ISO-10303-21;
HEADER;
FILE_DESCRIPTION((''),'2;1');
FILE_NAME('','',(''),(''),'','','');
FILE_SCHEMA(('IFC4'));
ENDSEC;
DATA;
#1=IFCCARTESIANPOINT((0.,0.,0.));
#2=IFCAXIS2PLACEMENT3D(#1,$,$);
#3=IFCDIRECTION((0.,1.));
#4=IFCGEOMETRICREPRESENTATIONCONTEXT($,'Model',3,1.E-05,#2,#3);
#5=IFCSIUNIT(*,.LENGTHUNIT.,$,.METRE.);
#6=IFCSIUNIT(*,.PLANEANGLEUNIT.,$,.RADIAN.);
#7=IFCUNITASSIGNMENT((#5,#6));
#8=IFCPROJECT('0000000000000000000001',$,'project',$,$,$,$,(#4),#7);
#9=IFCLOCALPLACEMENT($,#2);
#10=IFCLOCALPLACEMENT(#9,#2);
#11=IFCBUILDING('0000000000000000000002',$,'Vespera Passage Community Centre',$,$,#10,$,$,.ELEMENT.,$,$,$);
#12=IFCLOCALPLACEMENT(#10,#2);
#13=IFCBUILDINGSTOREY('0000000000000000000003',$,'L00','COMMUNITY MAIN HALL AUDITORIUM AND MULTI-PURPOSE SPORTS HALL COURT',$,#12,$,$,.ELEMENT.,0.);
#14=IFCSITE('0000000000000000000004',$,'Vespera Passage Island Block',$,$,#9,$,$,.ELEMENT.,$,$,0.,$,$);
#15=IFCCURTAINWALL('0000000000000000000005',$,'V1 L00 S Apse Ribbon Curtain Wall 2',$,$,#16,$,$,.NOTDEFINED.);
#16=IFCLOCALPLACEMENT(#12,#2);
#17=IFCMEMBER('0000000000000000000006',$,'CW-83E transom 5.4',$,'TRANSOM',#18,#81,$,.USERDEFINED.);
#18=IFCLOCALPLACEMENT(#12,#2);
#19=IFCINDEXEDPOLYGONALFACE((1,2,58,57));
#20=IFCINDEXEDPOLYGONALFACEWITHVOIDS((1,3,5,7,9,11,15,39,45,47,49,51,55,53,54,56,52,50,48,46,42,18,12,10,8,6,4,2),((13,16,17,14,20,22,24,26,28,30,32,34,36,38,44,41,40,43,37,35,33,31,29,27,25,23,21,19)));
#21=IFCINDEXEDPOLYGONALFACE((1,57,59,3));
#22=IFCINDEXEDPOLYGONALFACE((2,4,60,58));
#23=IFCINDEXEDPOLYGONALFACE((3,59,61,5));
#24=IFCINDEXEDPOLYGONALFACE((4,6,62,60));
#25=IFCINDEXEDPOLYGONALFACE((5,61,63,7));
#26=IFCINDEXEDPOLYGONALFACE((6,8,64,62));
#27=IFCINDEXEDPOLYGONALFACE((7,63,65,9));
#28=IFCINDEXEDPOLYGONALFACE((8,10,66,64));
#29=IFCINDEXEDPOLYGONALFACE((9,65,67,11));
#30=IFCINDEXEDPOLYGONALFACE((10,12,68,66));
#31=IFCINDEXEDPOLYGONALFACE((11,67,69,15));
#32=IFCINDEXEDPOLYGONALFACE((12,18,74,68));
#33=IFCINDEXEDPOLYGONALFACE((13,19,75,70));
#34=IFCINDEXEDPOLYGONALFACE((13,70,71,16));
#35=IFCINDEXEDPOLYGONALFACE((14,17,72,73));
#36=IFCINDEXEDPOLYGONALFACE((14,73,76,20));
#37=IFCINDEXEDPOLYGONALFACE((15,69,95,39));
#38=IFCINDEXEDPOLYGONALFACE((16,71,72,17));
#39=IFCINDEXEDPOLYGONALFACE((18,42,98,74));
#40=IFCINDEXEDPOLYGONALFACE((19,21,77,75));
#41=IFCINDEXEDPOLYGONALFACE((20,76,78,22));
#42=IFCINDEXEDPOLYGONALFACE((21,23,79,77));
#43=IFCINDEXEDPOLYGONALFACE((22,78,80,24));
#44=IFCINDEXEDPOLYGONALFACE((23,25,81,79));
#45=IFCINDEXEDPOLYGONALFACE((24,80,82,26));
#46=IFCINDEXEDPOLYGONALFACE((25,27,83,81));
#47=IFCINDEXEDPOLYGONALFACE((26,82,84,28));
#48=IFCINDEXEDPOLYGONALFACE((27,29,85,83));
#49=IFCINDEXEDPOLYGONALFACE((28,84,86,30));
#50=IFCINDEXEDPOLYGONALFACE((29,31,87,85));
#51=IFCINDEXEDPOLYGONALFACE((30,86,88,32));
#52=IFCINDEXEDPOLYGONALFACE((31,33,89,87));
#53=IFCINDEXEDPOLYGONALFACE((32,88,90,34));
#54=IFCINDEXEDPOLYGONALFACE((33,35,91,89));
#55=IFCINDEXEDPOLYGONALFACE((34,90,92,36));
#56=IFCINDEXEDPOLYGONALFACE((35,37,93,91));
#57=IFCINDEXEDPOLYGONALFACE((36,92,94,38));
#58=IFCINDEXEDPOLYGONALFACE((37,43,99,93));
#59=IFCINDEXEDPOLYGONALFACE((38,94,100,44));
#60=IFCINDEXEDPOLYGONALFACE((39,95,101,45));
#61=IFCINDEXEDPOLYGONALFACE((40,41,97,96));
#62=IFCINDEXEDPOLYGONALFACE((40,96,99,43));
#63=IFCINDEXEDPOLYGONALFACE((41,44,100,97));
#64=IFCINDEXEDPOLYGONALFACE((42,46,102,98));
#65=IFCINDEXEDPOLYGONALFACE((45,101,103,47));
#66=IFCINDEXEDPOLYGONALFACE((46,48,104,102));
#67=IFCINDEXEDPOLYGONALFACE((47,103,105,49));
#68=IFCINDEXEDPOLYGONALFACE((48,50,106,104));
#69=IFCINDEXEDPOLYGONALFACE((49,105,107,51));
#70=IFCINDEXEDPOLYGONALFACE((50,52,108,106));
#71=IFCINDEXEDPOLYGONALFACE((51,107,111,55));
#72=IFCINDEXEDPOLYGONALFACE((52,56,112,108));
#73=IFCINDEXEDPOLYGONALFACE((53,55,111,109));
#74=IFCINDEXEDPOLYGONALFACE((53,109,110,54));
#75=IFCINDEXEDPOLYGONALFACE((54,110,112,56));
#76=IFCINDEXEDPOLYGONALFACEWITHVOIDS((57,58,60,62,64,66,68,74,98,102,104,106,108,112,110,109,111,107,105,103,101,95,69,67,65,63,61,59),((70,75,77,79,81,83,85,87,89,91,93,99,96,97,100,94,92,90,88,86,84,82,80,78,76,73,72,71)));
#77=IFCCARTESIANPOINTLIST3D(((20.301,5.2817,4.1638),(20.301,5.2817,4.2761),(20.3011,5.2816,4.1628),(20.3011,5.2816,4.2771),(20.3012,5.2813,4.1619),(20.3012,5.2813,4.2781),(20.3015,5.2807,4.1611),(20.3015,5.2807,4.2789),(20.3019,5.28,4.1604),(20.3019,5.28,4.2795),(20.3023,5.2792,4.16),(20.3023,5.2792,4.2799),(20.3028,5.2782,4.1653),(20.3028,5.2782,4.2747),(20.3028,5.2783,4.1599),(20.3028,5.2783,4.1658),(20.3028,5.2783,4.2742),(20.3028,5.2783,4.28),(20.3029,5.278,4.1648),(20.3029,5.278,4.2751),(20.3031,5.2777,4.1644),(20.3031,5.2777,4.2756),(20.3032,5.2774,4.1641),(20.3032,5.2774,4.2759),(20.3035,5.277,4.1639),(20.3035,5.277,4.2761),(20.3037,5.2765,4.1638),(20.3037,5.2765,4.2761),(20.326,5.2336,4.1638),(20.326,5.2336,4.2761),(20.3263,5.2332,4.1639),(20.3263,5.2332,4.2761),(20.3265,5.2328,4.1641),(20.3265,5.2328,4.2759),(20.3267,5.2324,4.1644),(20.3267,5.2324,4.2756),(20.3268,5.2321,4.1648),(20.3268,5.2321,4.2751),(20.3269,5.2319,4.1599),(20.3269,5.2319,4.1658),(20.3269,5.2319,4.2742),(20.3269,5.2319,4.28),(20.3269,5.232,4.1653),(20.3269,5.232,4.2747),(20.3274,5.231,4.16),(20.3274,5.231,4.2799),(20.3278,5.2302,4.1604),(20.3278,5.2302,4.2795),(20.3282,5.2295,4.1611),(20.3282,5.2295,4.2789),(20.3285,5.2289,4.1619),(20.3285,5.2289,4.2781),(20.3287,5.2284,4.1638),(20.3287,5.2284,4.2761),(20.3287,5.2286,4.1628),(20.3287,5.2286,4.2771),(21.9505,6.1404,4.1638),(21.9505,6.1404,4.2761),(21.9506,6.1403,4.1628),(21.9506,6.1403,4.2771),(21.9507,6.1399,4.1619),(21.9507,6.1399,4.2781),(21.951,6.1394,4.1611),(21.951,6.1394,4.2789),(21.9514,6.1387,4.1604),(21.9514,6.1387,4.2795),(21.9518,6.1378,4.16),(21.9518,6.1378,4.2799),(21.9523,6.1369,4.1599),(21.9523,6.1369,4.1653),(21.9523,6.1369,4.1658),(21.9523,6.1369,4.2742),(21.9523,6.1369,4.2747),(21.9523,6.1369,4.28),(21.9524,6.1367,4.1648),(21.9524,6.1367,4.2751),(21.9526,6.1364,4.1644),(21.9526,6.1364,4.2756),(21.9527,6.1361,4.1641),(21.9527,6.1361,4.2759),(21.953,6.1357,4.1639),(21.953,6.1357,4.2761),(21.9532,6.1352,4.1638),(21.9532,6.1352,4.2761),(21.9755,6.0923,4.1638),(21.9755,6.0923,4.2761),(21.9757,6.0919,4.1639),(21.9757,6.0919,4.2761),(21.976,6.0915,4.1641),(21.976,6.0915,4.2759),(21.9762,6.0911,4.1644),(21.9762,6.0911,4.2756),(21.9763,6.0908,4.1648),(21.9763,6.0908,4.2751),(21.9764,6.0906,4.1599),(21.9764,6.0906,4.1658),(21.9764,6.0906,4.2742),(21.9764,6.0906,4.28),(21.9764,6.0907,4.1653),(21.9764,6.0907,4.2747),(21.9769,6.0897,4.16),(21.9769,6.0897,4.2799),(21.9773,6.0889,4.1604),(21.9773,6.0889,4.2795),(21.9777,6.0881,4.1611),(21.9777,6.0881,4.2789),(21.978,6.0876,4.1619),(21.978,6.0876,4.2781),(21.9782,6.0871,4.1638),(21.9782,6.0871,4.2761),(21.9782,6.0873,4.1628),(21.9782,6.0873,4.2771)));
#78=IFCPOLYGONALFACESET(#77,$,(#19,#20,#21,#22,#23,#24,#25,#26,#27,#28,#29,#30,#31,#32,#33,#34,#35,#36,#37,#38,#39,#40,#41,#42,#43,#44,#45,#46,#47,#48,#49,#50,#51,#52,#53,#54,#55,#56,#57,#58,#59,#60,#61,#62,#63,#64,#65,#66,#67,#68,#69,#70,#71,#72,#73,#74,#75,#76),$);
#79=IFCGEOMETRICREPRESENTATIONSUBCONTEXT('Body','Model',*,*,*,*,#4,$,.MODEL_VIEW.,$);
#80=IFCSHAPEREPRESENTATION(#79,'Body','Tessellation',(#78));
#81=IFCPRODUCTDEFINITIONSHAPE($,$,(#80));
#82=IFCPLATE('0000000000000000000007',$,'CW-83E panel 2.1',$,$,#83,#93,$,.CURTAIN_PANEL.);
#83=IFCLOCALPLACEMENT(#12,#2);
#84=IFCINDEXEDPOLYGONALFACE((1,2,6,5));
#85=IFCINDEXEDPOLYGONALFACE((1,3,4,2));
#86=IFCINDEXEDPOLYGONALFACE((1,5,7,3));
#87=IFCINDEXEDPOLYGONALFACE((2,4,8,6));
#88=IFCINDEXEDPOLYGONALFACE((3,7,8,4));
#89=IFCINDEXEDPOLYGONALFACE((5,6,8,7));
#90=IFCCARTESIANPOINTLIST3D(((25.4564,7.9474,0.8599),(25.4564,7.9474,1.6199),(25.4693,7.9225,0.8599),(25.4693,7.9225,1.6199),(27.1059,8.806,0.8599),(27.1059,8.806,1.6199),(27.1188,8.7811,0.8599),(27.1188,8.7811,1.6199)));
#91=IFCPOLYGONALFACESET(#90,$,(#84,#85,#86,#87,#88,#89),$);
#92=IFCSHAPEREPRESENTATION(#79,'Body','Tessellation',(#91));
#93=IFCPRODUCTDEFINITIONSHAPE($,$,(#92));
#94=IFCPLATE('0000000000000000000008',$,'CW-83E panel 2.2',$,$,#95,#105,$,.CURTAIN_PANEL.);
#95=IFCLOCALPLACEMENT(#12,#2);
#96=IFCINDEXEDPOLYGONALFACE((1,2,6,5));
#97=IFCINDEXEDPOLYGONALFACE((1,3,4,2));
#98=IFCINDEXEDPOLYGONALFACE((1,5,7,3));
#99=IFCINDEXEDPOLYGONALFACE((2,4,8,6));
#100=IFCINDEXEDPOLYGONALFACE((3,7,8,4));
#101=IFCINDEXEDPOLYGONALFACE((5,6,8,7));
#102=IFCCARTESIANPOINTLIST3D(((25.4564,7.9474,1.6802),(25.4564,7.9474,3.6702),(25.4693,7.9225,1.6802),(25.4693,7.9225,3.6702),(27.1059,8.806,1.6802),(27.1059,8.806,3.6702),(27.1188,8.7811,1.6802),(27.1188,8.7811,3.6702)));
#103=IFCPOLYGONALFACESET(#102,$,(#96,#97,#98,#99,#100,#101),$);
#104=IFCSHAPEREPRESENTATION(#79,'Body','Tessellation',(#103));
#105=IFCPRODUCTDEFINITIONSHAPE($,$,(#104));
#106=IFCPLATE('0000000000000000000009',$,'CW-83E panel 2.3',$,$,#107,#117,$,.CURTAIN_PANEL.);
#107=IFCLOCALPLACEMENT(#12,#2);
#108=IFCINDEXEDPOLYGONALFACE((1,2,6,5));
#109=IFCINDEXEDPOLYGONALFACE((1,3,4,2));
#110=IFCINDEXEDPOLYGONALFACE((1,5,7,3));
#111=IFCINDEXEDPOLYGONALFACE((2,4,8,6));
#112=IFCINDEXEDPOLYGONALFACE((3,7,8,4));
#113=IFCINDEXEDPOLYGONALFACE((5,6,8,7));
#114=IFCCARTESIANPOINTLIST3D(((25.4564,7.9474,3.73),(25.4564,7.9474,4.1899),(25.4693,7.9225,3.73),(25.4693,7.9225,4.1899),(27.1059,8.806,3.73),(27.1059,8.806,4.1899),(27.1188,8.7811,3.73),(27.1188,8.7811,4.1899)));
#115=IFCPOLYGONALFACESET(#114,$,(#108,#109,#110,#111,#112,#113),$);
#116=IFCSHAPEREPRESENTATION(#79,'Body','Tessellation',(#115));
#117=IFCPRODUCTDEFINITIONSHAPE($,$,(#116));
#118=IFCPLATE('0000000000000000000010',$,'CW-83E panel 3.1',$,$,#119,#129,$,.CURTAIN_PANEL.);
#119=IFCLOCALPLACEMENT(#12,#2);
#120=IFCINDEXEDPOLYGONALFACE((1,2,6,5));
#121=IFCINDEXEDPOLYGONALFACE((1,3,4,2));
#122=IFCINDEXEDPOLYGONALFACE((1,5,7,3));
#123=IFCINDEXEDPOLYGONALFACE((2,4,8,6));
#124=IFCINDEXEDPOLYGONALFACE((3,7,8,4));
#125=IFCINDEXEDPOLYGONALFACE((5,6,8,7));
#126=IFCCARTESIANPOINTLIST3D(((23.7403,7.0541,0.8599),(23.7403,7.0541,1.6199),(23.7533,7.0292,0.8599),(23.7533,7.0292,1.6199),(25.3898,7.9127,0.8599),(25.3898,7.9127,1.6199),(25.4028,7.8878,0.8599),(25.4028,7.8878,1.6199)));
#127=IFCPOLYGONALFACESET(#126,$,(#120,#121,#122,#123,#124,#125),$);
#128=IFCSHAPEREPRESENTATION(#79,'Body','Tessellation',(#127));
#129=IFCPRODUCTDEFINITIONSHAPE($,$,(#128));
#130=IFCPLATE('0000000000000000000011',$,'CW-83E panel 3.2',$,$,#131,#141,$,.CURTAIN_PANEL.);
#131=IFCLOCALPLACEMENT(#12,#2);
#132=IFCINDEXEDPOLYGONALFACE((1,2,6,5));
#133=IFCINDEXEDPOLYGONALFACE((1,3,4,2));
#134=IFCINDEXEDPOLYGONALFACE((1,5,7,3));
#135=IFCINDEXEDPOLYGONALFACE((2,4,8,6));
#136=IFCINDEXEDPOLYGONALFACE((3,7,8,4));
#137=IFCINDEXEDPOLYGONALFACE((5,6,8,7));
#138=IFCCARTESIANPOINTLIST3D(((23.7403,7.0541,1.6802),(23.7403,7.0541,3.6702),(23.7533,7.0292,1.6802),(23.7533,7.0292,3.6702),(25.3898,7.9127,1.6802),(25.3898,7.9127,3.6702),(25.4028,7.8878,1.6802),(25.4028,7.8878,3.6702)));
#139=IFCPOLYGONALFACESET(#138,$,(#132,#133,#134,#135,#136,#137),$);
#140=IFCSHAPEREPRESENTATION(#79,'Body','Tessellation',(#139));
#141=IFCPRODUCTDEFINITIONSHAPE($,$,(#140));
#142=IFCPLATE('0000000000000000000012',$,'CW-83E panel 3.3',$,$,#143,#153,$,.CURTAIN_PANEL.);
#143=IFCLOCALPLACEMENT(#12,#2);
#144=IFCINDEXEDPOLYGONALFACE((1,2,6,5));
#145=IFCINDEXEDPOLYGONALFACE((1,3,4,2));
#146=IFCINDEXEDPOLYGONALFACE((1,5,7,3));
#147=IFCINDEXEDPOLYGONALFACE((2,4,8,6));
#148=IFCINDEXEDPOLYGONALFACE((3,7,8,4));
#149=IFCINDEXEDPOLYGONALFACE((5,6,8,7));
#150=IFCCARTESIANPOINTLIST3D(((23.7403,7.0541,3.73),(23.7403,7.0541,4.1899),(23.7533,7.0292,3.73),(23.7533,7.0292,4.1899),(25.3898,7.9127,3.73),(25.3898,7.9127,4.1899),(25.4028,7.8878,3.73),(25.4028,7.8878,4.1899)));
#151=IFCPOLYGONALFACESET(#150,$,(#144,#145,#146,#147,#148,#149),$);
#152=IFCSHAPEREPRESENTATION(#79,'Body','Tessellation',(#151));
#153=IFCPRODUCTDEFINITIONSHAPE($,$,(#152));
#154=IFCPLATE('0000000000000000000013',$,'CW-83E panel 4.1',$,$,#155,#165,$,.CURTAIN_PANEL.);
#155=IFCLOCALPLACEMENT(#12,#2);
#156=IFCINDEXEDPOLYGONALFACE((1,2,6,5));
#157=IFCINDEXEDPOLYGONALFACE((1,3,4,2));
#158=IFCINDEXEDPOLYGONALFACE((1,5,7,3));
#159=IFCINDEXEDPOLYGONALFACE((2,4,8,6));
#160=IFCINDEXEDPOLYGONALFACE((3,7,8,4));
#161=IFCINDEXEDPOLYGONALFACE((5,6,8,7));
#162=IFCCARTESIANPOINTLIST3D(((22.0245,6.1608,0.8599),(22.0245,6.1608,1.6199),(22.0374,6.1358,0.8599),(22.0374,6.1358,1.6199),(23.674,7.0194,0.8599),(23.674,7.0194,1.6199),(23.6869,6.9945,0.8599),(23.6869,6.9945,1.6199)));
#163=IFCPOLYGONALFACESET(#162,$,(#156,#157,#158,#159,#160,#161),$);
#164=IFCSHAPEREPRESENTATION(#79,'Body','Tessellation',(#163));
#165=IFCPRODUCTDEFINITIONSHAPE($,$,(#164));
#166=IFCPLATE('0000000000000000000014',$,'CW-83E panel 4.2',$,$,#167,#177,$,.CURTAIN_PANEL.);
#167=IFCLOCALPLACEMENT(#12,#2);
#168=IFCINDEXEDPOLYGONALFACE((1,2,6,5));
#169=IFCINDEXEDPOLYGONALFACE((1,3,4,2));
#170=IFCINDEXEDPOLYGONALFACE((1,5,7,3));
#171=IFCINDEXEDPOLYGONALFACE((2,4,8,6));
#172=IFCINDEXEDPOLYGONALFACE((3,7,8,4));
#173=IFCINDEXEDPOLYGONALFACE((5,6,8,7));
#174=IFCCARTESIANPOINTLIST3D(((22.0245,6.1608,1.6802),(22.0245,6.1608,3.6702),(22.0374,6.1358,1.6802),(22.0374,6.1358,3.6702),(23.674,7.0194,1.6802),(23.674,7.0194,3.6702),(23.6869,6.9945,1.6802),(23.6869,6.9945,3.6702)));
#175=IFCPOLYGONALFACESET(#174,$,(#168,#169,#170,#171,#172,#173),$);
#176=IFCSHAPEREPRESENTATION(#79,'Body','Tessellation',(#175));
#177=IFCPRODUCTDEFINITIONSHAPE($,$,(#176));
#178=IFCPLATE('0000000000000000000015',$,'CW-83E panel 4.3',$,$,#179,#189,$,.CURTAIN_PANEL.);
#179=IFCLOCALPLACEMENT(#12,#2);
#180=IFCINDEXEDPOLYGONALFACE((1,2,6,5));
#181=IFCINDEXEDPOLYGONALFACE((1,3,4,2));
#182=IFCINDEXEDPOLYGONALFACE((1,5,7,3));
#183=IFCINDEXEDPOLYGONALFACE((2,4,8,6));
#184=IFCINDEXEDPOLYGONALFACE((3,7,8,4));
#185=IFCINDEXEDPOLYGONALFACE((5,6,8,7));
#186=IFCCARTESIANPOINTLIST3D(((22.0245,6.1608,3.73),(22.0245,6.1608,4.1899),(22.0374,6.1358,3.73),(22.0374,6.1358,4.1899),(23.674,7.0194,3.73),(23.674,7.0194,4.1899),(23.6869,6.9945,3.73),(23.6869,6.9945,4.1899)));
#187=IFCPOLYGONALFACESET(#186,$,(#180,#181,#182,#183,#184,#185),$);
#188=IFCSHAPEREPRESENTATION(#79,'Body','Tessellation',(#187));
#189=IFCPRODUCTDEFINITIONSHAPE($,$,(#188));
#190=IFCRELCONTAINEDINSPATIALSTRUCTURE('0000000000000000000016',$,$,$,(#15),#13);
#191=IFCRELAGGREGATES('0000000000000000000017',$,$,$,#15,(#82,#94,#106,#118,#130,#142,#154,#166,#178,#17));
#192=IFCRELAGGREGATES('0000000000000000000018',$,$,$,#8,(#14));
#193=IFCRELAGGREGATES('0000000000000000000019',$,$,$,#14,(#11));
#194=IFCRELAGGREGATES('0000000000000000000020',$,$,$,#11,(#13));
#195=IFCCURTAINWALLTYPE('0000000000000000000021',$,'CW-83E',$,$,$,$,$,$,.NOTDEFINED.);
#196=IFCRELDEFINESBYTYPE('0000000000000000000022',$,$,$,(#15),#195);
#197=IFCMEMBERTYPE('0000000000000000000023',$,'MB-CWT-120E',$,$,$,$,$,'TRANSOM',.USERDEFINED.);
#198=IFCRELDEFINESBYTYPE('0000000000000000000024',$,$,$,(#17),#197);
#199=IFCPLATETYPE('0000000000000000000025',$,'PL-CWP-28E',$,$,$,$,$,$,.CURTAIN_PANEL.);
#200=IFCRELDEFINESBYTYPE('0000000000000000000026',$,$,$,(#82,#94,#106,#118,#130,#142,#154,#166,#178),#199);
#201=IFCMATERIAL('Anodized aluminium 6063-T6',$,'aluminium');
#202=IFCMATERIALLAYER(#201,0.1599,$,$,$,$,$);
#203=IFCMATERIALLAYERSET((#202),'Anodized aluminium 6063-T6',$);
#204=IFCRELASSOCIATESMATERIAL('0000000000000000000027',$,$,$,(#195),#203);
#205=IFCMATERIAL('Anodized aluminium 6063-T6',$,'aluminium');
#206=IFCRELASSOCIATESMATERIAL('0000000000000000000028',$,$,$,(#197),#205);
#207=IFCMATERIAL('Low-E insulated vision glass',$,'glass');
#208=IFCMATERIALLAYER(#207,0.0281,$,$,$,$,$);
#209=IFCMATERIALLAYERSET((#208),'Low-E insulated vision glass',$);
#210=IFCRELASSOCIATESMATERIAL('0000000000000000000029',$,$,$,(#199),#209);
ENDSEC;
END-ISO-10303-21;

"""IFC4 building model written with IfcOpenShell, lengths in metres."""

from ifc_helpers import new_model, si_unit, direction, frame, origin, origin_2d, place, context, subcontext, project, spatial, rectangle, hollow_rectangle, extrude, material, layer, layer_set, material_profile, profile_set, type_object, element, aggregate, save


model = new_model("IFC4")

# Units and contexts
model_context = context("Model", 3, precision=1e-05, world=origin(), true_north=direction((0.0, 1.0)))
body_context = subcontext(model_context, "Body", "Model", "MODEL_VIEW")
ifc_project = project(units=[si_unit("LENGTHUNIT", "METRE"), si_unit("PLANEANGLEUNIT", "RADIAN")], contexts=[model_context])

# Site, building, storey
site_placement = place(None, origin())
site = spatial("IfcSite", under=ifc_project, at=site_placement, Name="Vespera Passage Island Block", CompositionType="ELEMENT", RefElevation=0.0)
building_placement = place(site_placement, origin())
building = spatial("IfcBuilding", under=site, at=building_placement, Name="Vespera Passage Community Centre", CompositionType="ELEMENT")
storey_placement = place(building_placement, origin())
storey = spatial("IfcBuildingStorey", under=building, at=storey_placement, Name="L00", Description="COMMUNITY MAIN HALL AUDITORIUM AND MULTI-PURPOSE SPORTS HALL COURT", CompositionType="ELEMENT", Elevation=0.0)

# Curtain wall, member, plates
ifc_material_1 = material(Name="Anodized aluminium 6063-T6", Category="aluminium")
ifc_layer_1 = layer(ifc_material_1, 0.1599)
ifc_layer_set_1 = layer_set([ifc_layer_1], Name="Anodized aluminium 6063-T6")
curtain_wall_type = type_object("IfcCurtainWallType", Name="CW-83E", PredefinedType="NOTDEFINED", material=ifc_layer_set_1)
curtain_wall_placement = place(storey_placement, origin())
curtain_wall = element("IfcCurtainWall", 1, at=curtain_wall_placement, inside=storey, type_object=curtain_wall_type, Name="V1 L00 S Apse Ribbon Curtain Wall 2", PredefinedType="NOTDEFINED")
ifc_material_2 = material(Name="Anodized aluminium 6063-T6", Category="aluminium")
ifc_material_profile_1 = material_profile(ifc_material_2, hollow_rectangle(XDim=0.0601, YDim=0.1201, WallThickness=0.0039, InnerFilletRadius=0.002, OuterFilletRadius=0.0039, at=origin_2d()), Name="ALU120X60X4")
ifc_profile_set_1 = profile_set([ifc_material_profile_1], Name="Anodized aluminium 6063-T6")
member_type_1 = type_object("IfcMemberType", Name="MB-CWT-120E", ElementType="TRANSOM", PredefinedType="USERDEFINED", material=ifc_profile_set_1)
member_1_placement = place(storey_placement, frame((21.9644, 6.1138, 4.22), z_axis=(-0.887008, -0.461754, 0.0), x_axis=(0.461754, -0.887008, 0.0)))
member_1 = element("IfcMember", 2, at=member_1_placement, type_object=member_type_1, Name="CW-83E transom 5.4", ObjectType="TRANSOM", PredefinedType="USERDEFINED", context=body_context, shape_type="SweptSolid", body=[
    extrude(hollow_rectangle(XDim=0.0601, YDim=0.1201, WallThickness=0.0039, InnerFilletRadius=0.002, OuterFilletRadius=0.0039, at=origin_2d()), origin(), (0.0, 0.0, 1.0), 1.8596),
])
ifc_material_3 = material(Name="Low-E insulated vision glass", Category="glass")
ifc_layer_2 = layer(ifc_material_3, 0.0281)
ifc_layer_set_2 = layer_set([ifc_layer_2], Name="Low-E insulated vision glass")
plate_type = type_object("IfcPlateType", Name="PL-CWP-28E", PredefinedType="CURTAIN_PANEL", material=ifc_layer_set_2)
plate_1_placement = place(storey_placement, frame((26.2876, 8.3643, 0.8599), z_axis=(0.0, 0.0, 1.0), x_axis=(-0.887013, -0.461745, 0.0)))
plate_1 = element("IfcPlate", 3, at=plate_1_placement, type_object=plate_type, Name="CW-83E panel 2.1", PredefinedType="CURTAIN_PANEL", context=body_context, shape_type="SweptSolid", body=[
    extrude(rectangle(XDim=1.8596, YDim=0.0281, at=origin_2d()), origin(), (0.0, 0.0, 1.0), 0.76),
])
plate_2_placement = place(storey_placement, frame((26.2876, 8.3643, 1.6802), z_axis=(0.0, 0.0, 1.0), x_axis=(-0.887013, -0.461745, 0.0)))
plate_2 = element("IfcPlate", 4, at=plate_2_placement, type_object=plate_type, Name="CW-83E panel 2.2", PredefinedType="CURTAIN_PANEL", context=body_context, shape_type="SweptSolid", body=[
    extrude(rectangle(XDim=1.8596, YDim=0.0281, at=origin_2d()), origin(), (0.0, 0.0, 1.0), 1.99),
])
plate_3_placement = place(storey_placement, frame((26.2876, 8.3643, 3.73), z_axis=(0.0, 0.0, 1.0), x_axis=(-0.887013, -0.461745, 0.0)))
plate_3 = element("IfcPlate", 5, at=plate_3_placement, type_object=plate_type, Name="CW-83E panel 2.3", PredefinedType="CURTAIN_PANEL", context=body_context, shape_type="SweptSolid", body=[
    extrude(rectangle(XDim=1.8596, YDim=0.0281, at=origin_2d()), origin(), (0.0, 0.0, 1.0), 0.46),
])
plate_4_placement = place(storey_placement, frame((24.5715, 7.4709, 0.8599), z_axis=(0.0, 0.0, 1.0), x_axis=(-0.887013, -0.461745, 0.0)))
plate_4 = element("IfcPlate", 6, at=plate_4_placement, type_object=plate_type, Name="CW-83E panel 3.1", PredefinedType="CURTAIN_PANEL", context=body_context, shape_type="SweptSolid", body=[
    extrude(rectangle(XDim=1.8596, YDim=0.0281, at=origin_2d()), origin(), (0.0, 0.0, 1.0), 0.76),
])
plate_5_placement = place(storey_placement, frame((24.5715, 7.4709, 1.6802), z_axis=(0.0, 0.0, 1.0), x_axis=(-0.887013, -0.461745, 0.0)))
plate_5 = element("IfcPlate", 7, at=plate_5_placement, type_object=plate_type, Name="CW-83E panel 3.2", PredefinedType="CURTAIN_PANEL", context=body_context, shape_type="SweptSolid", body=[
    extrude(rectangle(XDim=1.8596, YDim=0.0281, at=origin_2d()), origin(), (0.0, 0.0, 1.0), 1.99),
])
plate_6_placement = place(storey_placement, frame((24.5715, 7.4709, 3.73), z_axis=(0.0, 0.0, 1.0), x_axis=(-0.887013, -0.461745, 0.0)))
plate_6 = element("IfcPlate", 8, at=plate_6_placement, type_object=plate_type, Name="CW-83E panel 3.3", PredefinedType="CURTAIN_PANEL", context=body_context, shape_type="SweptSolid", body=[
    extrude(rectangle(XDim=1.8596, YDim=0.0281, at=origin_2d()), origin(), (0.0, 0.0, 1.0), 0.46),
])
plate_7_placement = place(storey_placement, frame((22.8557, 6.5776, 0.8599), z_axis=(0.0, 0.0, 1.0), x_axis=(-0.887013, -0.461745, 0.0)))
plate_7 = element("IfcPlate", 9, at=plate_7_placement, type_object=plate_type, Name="CW-83E panel 4.1", PredefinedType="CURTAIN_PANEL", context=body_context, shape_type="SweptSolid", body=[
    extrude(rectangle(XDim=1.8596, YDim=0.0281, at=origin_2d()), origin(), (0.0, 0.0, 1.0), 0.76),
])
plate_8_placement = place(storey_placement, frame((22.8557, 6.5776, 1.6802), z_axis=(0.0, 0.0, 1.0), x_axis=(-0.887013, -0.461745, 0.0)))
plate_8 = element("IfcPlate", 10, at=plate_8_placement, type_object=plate_type, Name="CW-83E panel 4.2", PredefinedType="CURTAIN_PANEL", context=body_context, shape_type="SweptSolid", body=[
    extrude(rectangle(XDim=1.8596, YDim=0.0281, at=origin_2d()), origin(), (0.0, 0.0, 1.0), 1.99),
])
plate_9_placement = place(storey_placement, frame((22.8557, 6.5776, 3.73), z_axis=(0.0, 0.0, 1.0), x_axis=(-0.887013, -0.461745, 0.0)))
plate_9 = element("IfcPlate", 11, at=plate_9_placement, type_object=plate_type, Name="CW-83E panel 4.3", PredefinedType="CURTAIN_PANEL", context=body_context, shape_type="SweptSolid", body=[
    extrude(rectangle(XDim=1.8596, YDim=0.0281, at=origin_2d()), origin(), (0.0, 0.0, 1.0), 0.46),
])
aggregate(curtain_wall, [plate_1, plate_2, plate_3, plate_4, plate_5, plate_6, plate_7, plate_8, plate_9, member_1])

save(model, "model.ifc")
